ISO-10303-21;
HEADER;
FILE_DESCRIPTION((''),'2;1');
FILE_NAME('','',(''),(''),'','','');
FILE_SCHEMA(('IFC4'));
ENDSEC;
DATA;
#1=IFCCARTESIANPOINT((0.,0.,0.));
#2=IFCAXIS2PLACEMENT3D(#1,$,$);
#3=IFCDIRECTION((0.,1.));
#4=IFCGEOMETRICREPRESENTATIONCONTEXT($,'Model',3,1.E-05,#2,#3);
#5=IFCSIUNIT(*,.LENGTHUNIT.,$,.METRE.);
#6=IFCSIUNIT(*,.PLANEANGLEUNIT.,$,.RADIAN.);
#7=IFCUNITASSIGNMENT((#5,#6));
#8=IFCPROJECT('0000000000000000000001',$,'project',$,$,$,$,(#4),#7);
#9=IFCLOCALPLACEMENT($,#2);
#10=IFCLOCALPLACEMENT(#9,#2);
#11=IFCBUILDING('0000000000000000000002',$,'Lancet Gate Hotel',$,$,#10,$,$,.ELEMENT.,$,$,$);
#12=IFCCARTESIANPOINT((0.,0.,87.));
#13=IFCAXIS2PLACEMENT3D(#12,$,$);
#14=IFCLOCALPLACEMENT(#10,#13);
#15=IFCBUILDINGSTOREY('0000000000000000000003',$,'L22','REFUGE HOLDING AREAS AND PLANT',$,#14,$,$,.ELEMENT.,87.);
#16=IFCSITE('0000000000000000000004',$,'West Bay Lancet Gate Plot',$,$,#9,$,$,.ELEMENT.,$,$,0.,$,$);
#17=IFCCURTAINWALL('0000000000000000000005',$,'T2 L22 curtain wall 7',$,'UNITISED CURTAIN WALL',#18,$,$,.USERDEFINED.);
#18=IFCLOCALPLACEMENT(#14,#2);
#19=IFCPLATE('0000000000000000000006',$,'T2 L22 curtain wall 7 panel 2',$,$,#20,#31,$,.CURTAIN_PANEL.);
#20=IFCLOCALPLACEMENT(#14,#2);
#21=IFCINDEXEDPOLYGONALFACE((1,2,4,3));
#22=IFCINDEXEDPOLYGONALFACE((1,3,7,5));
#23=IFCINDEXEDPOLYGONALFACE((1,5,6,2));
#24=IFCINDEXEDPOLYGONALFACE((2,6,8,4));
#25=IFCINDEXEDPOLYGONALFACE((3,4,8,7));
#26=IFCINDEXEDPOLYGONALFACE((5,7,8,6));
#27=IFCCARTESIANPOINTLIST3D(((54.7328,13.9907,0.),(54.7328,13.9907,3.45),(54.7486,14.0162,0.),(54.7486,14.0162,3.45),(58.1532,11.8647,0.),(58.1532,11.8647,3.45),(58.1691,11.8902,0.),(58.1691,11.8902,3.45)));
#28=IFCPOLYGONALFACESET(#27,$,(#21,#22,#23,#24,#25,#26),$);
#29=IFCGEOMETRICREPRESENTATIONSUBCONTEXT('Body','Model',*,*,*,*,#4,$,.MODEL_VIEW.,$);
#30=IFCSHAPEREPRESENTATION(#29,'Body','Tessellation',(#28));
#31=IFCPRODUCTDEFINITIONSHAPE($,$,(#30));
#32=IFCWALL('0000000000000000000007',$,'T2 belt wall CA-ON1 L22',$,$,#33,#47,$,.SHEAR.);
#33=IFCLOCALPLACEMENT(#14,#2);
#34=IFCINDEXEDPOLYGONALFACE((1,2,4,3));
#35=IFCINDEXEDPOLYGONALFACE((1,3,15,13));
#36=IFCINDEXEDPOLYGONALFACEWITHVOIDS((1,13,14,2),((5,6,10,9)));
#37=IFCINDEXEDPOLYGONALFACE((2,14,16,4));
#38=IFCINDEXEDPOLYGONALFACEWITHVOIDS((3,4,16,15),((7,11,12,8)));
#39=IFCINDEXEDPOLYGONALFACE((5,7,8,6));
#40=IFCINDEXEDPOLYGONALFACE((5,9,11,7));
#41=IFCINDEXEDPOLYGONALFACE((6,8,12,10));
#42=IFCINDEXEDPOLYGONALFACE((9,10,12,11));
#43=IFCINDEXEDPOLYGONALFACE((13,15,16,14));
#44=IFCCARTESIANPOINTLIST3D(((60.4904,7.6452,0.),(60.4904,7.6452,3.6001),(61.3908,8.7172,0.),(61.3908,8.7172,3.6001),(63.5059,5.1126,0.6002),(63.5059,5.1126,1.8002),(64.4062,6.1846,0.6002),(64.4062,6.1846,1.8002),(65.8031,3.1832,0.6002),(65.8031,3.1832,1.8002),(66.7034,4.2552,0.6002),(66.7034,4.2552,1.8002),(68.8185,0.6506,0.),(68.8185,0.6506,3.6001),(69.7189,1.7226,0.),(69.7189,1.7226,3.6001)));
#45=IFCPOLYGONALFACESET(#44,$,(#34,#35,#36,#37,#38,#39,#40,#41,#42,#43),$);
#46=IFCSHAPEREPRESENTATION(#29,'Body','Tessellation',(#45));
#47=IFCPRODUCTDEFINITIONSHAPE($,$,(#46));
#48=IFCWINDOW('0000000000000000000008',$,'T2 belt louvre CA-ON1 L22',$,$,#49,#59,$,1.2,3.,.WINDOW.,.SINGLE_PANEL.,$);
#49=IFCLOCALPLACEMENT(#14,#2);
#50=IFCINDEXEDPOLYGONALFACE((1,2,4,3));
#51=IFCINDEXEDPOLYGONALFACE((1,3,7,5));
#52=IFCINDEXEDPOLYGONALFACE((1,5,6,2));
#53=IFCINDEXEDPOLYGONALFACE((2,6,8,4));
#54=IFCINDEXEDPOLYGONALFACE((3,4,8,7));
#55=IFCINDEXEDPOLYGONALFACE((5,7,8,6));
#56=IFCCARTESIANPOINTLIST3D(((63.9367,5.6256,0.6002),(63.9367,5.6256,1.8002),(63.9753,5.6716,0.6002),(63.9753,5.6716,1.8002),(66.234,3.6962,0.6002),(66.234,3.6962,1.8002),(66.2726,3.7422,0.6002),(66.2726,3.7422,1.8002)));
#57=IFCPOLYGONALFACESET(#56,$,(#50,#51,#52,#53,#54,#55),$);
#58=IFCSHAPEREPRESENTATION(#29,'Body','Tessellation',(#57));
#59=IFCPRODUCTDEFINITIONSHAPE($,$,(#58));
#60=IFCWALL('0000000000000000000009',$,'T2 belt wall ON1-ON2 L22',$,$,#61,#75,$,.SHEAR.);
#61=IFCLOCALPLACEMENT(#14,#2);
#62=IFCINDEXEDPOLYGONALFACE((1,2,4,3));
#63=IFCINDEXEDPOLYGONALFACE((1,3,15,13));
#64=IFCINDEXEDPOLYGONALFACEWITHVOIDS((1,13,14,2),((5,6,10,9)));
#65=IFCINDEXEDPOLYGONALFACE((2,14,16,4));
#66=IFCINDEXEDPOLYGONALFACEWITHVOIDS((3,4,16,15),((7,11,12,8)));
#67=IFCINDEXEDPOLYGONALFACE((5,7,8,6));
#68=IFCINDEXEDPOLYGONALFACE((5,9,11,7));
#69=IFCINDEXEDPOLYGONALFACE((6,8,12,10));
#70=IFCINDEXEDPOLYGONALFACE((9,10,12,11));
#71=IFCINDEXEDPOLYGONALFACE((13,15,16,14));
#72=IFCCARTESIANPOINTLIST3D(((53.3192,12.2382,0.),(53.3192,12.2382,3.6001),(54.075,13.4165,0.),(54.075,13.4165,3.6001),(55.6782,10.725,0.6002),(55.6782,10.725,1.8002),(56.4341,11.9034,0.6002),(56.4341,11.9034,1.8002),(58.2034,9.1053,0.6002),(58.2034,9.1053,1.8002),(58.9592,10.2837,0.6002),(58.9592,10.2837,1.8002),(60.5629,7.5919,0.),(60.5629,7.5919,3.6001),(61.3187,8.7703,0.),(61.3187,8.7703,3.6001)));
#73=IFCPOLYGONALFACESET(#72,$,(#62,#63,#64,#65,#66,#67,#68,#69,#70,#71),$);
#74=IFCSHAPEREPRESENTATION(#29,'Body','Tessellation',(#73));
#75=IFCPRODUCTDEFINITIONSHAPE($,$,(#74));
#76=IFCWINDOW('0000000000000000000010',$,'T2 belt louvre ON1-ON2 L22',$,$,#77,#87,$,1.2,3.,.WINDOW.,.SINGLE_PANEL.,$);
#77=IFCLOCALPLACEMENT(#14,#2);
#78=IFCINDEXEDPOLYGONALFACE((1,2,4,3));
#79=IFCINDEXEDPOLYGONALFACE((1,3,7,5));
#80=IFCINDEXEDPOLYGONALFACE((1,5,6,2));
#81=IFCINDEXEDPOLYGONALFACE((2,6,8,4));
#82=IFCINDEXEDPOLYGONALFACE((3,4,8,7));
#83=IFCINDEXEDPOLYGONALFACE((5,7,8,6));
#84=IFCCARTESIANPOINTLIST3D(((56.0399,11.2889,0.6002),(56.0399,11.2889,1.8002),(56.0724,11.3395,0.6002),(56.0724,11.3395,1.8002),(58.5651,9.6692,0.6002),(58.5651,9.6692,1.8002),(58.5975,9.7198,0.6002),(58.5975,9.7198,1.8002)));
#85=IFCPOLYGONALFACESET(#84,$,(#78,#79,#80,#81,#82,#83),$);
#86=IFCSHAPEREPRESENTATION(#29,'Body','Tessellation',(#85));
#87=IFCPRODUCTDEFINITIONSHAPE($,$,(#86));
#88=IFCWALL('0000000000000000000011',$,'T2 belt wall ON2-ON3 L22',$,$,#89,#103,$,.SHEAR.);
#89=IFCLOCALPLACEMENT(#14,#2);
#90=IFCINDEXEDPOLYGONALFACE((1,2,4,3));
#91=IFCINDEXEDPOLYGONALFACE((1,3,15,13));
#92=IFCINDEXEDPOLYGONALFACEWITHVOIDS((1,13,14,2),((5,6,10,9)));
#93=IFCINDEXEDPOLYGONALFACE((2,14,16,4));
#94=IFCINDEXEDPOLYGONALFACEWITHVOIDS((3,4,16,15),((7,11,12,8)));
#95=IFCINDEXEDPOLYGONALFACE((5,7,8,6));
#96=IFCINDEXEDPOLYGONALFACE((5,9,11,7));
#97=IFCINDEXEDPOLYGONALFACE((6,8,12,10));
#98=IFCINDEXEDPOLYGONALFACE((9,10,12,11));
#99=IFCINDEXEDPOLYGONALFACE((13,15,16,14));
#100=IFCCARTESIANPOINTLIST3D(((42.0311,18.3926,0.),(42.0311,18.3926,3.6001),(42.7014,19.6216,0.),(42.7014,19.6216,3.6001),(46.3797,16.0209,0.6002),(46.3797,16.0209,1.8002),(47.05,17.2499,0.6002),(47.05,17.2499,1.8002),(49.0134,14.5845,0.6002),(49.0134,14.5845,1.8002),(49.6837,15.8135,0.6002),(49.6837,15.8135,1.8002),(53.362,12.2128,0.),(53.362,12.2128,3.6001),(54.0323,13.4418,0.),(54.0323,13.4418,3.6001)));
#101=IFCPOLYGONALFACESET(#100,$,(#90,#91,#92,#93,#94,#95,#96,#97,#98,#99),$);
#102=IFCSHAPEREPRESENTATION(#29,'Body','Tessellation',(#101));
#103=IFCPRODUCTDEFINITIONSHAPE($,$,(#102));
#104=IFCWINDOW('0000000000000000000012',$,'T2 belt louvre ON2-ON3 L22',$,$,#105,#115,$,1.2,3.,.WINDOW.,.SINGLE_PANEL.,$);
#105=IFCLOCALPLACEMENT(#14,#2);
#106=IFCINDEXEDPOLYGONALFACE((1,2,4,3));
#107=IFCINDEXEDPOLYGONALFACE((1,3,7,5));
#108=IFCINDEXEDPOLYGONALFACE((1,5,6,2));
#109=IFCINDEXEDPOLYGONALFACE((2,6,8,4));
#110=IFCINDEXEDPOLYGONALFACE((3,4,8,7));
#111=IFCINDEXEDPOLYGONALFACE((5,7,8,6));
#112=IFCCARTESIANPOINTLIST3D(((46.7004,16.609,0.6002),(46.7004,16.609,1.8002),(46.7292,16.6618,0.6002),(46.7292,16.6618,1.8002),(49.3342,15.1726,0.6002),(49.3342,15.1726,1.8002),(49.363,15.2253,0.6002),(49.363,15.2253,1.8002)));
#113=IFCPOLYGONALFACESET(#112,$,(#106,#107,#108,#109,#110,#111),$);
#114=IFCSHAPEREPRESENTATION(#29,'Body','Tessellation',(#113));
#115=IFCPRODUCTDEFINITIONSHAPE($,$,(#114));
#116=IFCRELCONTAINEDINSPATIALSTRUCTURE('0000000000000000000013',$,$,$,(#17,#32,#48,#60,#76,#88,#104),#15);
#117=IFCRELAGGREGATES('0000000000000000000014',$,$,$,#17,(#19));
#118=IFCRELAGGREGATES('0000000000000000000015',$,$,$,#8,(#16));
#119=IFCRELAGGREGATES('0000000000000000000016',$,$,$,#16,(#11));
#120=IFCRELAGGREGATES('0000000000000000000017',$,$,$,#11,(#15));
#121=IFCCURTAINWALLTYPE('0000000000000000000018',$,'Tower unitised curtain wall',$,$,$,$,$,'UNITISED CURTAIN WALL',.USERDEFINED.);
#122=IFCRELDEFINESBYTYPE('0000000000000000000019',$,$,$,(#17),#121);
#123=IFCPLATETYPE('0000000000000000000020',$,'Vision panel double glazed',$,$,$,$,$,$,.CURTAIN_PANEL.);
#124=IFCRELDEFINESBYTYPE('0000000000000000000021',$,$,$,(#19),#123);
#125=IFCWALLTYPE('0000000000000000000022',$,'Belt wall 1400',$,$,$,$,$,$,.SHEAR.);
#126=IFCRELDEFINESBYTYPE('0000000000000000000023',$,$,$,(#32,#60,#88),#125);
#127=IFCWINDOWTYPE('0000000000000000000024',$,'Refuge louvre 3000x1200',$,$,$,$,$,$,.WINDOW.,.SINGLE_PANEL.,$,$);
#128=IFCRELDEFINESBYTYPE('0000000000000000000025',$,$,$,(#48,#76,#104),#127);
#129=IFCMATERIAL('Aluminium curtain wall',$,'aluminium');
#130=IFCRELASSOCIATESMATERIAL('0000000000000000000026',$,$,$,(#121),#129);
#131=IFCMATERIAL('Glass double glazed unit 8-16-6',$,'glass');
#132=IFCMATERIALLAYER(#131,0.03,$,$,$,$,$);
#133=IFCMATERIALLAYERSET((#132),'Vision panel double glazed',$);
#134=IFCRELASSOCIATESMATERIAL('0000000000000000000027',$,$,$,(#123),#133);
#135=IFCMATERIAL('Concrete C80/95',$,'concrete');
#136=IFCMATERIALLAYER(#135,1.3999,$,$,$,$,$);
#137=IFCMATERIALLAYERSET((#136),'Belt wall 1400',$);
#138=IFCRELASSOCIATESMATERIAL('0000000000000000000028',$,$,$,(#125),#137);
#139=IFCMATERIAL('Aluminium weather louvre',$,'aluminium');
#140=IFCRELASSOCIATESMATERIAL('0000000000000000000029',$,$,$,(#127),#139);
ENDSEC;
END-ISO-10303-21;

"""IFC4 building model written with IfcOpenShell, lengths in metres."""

from ifc_helpers import new_model, si_unit, direction, frame, frame_2d, origin, origin_2d, place, context, subcontext, project, spatial, rectangle, extrude, material, layer, layer_set, type_object, element, fill, aggregate, save


model = new_model("IFC4")

# Units and contexts
model_context = context("Model", 3, precision=1e-05, world=origin(), true_north=direction((0.0, 1.0)))
body_context = subcontext(model_context, "Body", "Model", "MODEL_VIEW")
ifc_project = project(units=[si_unit("LENGTHUNIT", "METRE"), si_unit("PLANEANGLEUNIT", "RADIAN")], contexts=[model_context])

# Site, building, storey
site_placement = place(None, origin())
site = spatial("IfcSite", under=ifc_project, at=site_placement, Name="West Bay Lancet Gate Plot", CompositionType="ELEMENT", RefElevation=0.0)
building_placement = place(site_placement, origin())
building = spatial("IfcBuilding", under=site, at=building_placement, Name="Lancet Gate Hotel", CompositionType="ELEMENT")
storey_placement = place(building_placement, frame((0.0, 0.0, 87.0)))
storey = spatial("IfcBuildingStorey", under=building, at=storey_placement, Name="L22", Description="REFUGE HOLDING AREAS AND PLANT", CompositionType="ELEMENT", Elevation=87.0)

# Curtain wall
ifc_material_1 = material(Name="Aluminium curtain wall", Category="aluminium")
curtain_wall_type = type_object("IfcCurtainWallType", Name="Tower unitised curtain wall", ElementType="UNITISED CURTAIN WALL", PredefinedType="USERDEFINED", material=ifc_material_1)
curtain_wall_1_placement = place(storey_placement, origin())
curtain_wall_1 = element("IfcCurtainWall", 1, at=curtain_wall_1_placement, inside=storey, type_object=curtain_wall_type, Name="T2 L22 curtain wall 7", ObjectType="UNITISED CURTAIN WALL", PredefinedType="USERDEFINED")

# Plate
ifc_material_2 = material(Name="Glass double glazed unit 8-16-6", Category="glass")
ifc_layer_1 = layer(ifc_material_2, 0.03)
ifc_layer_set_1 = layer_set([ifc_layer_1], Name="Vision panel double glazed")
plate_type = type_object("IfcPlateType", Name="Vision panel double glazed", PredefinedType="CURTAIN_PANEL", material=ifc_layer_set_1)
plate_1_placement = place(storey_placement, frame((56.4509, 12.9404, 0.0), z_axis=(0.0, 0.0, 1.0), x_axis=(-0.849318, 0.527882, 0.0)))
plate_1 = element("IfcPlate", 2, at=plate_1_placement, type_object=plate_type, Name="T2 L22 curtain wall 7 panel 2", PredefinedType="CURTAIN_PANEL", context=body_context, shape_type="SweptSolid", body=[
    extrude(rectangle(XDim=4.0273, YDim=0.03, at=origin_2d()), origin(), (0.0, 0.0, 1.0), 3.45),
])
aggregate(curtain_wall_1, [plate_1])

# Walls, openings, windows
ifc_material_3 = material(Name="Concrete C80/95", Category="concrete")
ifc_layer_2 = layer(ifc_material_3, 1.3999)
ifc_layer_set_2 = layer_set([ifc_layer_2], Name="Belt wall 1400")
wall_type = type_object("IfcWallType", Name="Belt wall 1400", PredefinedType="SHEAR", material=ifc_layer_set_2)
wall_1_placement = place(storey_placement, frame((69.2688, 1.1865, 0.0), z_axis=(0.0, 0.0, 1.0), x_axis=(-0.76575, 0.643138, 0.0)))
wall_1 = element("IfcWall", 3, at=wall_1_placement, inside=storey, type_object=wall_type, Name="T2 belt wall CA-ON1 L22", PredefinedType="SHEAR", context=body_context, shape_type="SweptSolid", body=[
    extrude(rectangle(XDim=10.8757, YDim=1.3999, at=frame_2d((5.438, 0.0))), origin(), (0.0, 0.0, 1.0), 3.6001),
])
opening_1_placement = place(wall_1_placement, frame((3.938, 0.0, 0.6001)))
opening_1 = element("IfcOpeningElement", 4, at=opening_1_placement, cuts=wall_1, PredefinedType="OPENING", context=body_context, shape_type="SweptSolid", body=[
    extrude(rectangle(XDim=3.0, YDim=1.2, at=frame_2d((1.5, 0.6001))), frame((0.0, 0.71, 0.0), z_axis=(0.0, -1.0, 0.0), x_axis=(1.0, 0.0, 0.0)), (0.0, 0.0, 1.0), 1.4199),
])
ifc_material_4 = material(Name="Aluminium weather louvre", Category="aluminium")
window_type = type_object("IfcWindowType", Name="Refuge louvre 3000x1200", PartitioningType="SINGLE_PANEL", PredefinedType="WINDOW", material=ifc_material_4)
window_1_placement = place(opening_1_placement, origin())
window_1 = element("IfcWindow", 5, at=window_1_placement, inside=storey, type_object=window_type, Name="T2 belt louvre CA-ON1 L22", OverallHeight=1.2, OverallWidth=3.0, PartitioningType="SINGLE_PANEL", PredefinedType="WINDOW", context=body_context, shape_type="SweptSolid", body=[
    extrude(rectangle(XDim=3.0, YDim=1.2, at=frame_2d((1.5, 0.6001))), frame((0.0, 0.03, 0.0), z_axis=(0.0, -1.0, 0.0), x_axis=(1.0, 0.0, 0.0)), (0.0, 0.0, 1.0), 0.0601),
])
fill(opening_1, window_1)
wall_2_placement = place(storey_placement, frame((60.9407, 8.1812, 0.0), z_axis=(0.0, 0.0, 1.0), x_axis=(-0.841727, 0.539903, 0.0)))
wall_2 = element("IfcWall", 6, at=wall_2_placement, inside=storey, type_object=wall_type, Name="T2 belt wall ON1-ON2 L22", PredefinedType="SHEAR", context=body_context, shape_type="SweptSolid", body=[
    extrude(rectangle(XDim=8.6057, YDim=1.3999, at=frame_2d((4.3027, 0.0))), origin(), (0.0, 0.0, 1.0), 3.6001),
])
opening_2_placement = place(wall_2_placement, frame((2.803, 0.0, 0.6001)))
opening_2 = element("IfcOpeningElement", 7, at=opening_2_placement, cuts=wall_2, PredefinedType="OPENING", context=body_context, shape_type="SweptSolid", body=[
    extrude(rectangle(XDim=3.0, YDim=1.2, at=frame_2d((1.5, 0.6001))), frame((0.0, 0.71, 0.0), z_axis=(0.0, -1.0, 0.0), x_axis=(1.0, 0.0, 0.0)), (0.0, 0.0, 1.0), 1.4199),
])
window_2_placement = place(opening_2_placement, origin())
window_2 = element("IfcWindow", 8, at=window_2_placement, inside=storey, type_object=window_type, Name="T2 belt louvre ON1-ON2 L22", OverallHeight=1.2, OverallWidth=3.0, PartitioningType="SINGLE_PANEL", PredefinedType="WINDOW", context=body_context, shape_type="SweptSolid", body=[
    extrude(rectangle(XDim=3.0, YDim=1.2, at=frame_2d((1.5, 0.6001))), frame((0.0, 0.03, 0.0), z_axis=(0.0, -1.0, 0.0), x_axis=(1.0, 0.0, 0.0)), (0.0, 0.0, 1.0), 0.0601),
])
fill(opening_2, window_2)
wall_3_placement = place(storey_placement, frame((53.697, 12.8274, 0.0), z_axis=(0.0, 0.0, 1.0), x_axis=(-0.87792, 0.478807, 0.0)))
wall_3 = element("IfcWall", 9, at=wall_3_placement, inside=storey, type_object=wall_type, Name="T2 belt wall ON2-ON3 L22", PredefinedType="SHEAR", context=body_context, shape_type="SweptSolid", body=[
    extrude(rectangle(XDim=12.9065, YDim=1.3999, at=frame_2d((6.4531, 0.0))), origin(), (0.0, 0.0, 1.0), 3.6001),
])
opening_3_placement = place(wall_3_placement, frame((4.9531, 0.0, 0.6001)))
opening_3 = element("IfcOpeningElement", 10, at=opening_3_placement, cuts=wall_3, PredefinedType="OPENING", context=body_context, shape_type="SweptSolid", body=[
    extrude(rectangle(XDim=3.0, YDim=1.2, at=frame_2d((1.5, 0.6001))), frame((0.0, 0.71, 0.0), z_axis=(0.0, -1.0, 0.0), x_axis=(1.0, 0.0, 0.0)), (0.0, 0.0, 1.0), 1.4199),
])
window_3_placement = place(opening_3_placement, origin())
window_3 = element("IfcWindow", 11, at=window_3_placement, inside=storey, type_object=window_type, Name="T2 belt louvre ON2-ON3 L22", OverallHeight=1.2, OverallWidth=3.0, PartitioningType="SINGLE_PANEL", PredefinedType="WINDOW", context=body_context, shape_type="SweptSolid", body=[
    extrude(rectangle(XDim=3.0, YDim=1.2, at=frame_2d((1.5, 0.6001))), frame((0.0, 0.03, 0.0), z_axis=(0.0, -1.0, 0.0), x_axis=(1.0, 0.0, 0.0)), (0.0, 0.0, 1.0), 0.0601),
])
fill(opening_3, window_3)

save(model, "model.ifc")
